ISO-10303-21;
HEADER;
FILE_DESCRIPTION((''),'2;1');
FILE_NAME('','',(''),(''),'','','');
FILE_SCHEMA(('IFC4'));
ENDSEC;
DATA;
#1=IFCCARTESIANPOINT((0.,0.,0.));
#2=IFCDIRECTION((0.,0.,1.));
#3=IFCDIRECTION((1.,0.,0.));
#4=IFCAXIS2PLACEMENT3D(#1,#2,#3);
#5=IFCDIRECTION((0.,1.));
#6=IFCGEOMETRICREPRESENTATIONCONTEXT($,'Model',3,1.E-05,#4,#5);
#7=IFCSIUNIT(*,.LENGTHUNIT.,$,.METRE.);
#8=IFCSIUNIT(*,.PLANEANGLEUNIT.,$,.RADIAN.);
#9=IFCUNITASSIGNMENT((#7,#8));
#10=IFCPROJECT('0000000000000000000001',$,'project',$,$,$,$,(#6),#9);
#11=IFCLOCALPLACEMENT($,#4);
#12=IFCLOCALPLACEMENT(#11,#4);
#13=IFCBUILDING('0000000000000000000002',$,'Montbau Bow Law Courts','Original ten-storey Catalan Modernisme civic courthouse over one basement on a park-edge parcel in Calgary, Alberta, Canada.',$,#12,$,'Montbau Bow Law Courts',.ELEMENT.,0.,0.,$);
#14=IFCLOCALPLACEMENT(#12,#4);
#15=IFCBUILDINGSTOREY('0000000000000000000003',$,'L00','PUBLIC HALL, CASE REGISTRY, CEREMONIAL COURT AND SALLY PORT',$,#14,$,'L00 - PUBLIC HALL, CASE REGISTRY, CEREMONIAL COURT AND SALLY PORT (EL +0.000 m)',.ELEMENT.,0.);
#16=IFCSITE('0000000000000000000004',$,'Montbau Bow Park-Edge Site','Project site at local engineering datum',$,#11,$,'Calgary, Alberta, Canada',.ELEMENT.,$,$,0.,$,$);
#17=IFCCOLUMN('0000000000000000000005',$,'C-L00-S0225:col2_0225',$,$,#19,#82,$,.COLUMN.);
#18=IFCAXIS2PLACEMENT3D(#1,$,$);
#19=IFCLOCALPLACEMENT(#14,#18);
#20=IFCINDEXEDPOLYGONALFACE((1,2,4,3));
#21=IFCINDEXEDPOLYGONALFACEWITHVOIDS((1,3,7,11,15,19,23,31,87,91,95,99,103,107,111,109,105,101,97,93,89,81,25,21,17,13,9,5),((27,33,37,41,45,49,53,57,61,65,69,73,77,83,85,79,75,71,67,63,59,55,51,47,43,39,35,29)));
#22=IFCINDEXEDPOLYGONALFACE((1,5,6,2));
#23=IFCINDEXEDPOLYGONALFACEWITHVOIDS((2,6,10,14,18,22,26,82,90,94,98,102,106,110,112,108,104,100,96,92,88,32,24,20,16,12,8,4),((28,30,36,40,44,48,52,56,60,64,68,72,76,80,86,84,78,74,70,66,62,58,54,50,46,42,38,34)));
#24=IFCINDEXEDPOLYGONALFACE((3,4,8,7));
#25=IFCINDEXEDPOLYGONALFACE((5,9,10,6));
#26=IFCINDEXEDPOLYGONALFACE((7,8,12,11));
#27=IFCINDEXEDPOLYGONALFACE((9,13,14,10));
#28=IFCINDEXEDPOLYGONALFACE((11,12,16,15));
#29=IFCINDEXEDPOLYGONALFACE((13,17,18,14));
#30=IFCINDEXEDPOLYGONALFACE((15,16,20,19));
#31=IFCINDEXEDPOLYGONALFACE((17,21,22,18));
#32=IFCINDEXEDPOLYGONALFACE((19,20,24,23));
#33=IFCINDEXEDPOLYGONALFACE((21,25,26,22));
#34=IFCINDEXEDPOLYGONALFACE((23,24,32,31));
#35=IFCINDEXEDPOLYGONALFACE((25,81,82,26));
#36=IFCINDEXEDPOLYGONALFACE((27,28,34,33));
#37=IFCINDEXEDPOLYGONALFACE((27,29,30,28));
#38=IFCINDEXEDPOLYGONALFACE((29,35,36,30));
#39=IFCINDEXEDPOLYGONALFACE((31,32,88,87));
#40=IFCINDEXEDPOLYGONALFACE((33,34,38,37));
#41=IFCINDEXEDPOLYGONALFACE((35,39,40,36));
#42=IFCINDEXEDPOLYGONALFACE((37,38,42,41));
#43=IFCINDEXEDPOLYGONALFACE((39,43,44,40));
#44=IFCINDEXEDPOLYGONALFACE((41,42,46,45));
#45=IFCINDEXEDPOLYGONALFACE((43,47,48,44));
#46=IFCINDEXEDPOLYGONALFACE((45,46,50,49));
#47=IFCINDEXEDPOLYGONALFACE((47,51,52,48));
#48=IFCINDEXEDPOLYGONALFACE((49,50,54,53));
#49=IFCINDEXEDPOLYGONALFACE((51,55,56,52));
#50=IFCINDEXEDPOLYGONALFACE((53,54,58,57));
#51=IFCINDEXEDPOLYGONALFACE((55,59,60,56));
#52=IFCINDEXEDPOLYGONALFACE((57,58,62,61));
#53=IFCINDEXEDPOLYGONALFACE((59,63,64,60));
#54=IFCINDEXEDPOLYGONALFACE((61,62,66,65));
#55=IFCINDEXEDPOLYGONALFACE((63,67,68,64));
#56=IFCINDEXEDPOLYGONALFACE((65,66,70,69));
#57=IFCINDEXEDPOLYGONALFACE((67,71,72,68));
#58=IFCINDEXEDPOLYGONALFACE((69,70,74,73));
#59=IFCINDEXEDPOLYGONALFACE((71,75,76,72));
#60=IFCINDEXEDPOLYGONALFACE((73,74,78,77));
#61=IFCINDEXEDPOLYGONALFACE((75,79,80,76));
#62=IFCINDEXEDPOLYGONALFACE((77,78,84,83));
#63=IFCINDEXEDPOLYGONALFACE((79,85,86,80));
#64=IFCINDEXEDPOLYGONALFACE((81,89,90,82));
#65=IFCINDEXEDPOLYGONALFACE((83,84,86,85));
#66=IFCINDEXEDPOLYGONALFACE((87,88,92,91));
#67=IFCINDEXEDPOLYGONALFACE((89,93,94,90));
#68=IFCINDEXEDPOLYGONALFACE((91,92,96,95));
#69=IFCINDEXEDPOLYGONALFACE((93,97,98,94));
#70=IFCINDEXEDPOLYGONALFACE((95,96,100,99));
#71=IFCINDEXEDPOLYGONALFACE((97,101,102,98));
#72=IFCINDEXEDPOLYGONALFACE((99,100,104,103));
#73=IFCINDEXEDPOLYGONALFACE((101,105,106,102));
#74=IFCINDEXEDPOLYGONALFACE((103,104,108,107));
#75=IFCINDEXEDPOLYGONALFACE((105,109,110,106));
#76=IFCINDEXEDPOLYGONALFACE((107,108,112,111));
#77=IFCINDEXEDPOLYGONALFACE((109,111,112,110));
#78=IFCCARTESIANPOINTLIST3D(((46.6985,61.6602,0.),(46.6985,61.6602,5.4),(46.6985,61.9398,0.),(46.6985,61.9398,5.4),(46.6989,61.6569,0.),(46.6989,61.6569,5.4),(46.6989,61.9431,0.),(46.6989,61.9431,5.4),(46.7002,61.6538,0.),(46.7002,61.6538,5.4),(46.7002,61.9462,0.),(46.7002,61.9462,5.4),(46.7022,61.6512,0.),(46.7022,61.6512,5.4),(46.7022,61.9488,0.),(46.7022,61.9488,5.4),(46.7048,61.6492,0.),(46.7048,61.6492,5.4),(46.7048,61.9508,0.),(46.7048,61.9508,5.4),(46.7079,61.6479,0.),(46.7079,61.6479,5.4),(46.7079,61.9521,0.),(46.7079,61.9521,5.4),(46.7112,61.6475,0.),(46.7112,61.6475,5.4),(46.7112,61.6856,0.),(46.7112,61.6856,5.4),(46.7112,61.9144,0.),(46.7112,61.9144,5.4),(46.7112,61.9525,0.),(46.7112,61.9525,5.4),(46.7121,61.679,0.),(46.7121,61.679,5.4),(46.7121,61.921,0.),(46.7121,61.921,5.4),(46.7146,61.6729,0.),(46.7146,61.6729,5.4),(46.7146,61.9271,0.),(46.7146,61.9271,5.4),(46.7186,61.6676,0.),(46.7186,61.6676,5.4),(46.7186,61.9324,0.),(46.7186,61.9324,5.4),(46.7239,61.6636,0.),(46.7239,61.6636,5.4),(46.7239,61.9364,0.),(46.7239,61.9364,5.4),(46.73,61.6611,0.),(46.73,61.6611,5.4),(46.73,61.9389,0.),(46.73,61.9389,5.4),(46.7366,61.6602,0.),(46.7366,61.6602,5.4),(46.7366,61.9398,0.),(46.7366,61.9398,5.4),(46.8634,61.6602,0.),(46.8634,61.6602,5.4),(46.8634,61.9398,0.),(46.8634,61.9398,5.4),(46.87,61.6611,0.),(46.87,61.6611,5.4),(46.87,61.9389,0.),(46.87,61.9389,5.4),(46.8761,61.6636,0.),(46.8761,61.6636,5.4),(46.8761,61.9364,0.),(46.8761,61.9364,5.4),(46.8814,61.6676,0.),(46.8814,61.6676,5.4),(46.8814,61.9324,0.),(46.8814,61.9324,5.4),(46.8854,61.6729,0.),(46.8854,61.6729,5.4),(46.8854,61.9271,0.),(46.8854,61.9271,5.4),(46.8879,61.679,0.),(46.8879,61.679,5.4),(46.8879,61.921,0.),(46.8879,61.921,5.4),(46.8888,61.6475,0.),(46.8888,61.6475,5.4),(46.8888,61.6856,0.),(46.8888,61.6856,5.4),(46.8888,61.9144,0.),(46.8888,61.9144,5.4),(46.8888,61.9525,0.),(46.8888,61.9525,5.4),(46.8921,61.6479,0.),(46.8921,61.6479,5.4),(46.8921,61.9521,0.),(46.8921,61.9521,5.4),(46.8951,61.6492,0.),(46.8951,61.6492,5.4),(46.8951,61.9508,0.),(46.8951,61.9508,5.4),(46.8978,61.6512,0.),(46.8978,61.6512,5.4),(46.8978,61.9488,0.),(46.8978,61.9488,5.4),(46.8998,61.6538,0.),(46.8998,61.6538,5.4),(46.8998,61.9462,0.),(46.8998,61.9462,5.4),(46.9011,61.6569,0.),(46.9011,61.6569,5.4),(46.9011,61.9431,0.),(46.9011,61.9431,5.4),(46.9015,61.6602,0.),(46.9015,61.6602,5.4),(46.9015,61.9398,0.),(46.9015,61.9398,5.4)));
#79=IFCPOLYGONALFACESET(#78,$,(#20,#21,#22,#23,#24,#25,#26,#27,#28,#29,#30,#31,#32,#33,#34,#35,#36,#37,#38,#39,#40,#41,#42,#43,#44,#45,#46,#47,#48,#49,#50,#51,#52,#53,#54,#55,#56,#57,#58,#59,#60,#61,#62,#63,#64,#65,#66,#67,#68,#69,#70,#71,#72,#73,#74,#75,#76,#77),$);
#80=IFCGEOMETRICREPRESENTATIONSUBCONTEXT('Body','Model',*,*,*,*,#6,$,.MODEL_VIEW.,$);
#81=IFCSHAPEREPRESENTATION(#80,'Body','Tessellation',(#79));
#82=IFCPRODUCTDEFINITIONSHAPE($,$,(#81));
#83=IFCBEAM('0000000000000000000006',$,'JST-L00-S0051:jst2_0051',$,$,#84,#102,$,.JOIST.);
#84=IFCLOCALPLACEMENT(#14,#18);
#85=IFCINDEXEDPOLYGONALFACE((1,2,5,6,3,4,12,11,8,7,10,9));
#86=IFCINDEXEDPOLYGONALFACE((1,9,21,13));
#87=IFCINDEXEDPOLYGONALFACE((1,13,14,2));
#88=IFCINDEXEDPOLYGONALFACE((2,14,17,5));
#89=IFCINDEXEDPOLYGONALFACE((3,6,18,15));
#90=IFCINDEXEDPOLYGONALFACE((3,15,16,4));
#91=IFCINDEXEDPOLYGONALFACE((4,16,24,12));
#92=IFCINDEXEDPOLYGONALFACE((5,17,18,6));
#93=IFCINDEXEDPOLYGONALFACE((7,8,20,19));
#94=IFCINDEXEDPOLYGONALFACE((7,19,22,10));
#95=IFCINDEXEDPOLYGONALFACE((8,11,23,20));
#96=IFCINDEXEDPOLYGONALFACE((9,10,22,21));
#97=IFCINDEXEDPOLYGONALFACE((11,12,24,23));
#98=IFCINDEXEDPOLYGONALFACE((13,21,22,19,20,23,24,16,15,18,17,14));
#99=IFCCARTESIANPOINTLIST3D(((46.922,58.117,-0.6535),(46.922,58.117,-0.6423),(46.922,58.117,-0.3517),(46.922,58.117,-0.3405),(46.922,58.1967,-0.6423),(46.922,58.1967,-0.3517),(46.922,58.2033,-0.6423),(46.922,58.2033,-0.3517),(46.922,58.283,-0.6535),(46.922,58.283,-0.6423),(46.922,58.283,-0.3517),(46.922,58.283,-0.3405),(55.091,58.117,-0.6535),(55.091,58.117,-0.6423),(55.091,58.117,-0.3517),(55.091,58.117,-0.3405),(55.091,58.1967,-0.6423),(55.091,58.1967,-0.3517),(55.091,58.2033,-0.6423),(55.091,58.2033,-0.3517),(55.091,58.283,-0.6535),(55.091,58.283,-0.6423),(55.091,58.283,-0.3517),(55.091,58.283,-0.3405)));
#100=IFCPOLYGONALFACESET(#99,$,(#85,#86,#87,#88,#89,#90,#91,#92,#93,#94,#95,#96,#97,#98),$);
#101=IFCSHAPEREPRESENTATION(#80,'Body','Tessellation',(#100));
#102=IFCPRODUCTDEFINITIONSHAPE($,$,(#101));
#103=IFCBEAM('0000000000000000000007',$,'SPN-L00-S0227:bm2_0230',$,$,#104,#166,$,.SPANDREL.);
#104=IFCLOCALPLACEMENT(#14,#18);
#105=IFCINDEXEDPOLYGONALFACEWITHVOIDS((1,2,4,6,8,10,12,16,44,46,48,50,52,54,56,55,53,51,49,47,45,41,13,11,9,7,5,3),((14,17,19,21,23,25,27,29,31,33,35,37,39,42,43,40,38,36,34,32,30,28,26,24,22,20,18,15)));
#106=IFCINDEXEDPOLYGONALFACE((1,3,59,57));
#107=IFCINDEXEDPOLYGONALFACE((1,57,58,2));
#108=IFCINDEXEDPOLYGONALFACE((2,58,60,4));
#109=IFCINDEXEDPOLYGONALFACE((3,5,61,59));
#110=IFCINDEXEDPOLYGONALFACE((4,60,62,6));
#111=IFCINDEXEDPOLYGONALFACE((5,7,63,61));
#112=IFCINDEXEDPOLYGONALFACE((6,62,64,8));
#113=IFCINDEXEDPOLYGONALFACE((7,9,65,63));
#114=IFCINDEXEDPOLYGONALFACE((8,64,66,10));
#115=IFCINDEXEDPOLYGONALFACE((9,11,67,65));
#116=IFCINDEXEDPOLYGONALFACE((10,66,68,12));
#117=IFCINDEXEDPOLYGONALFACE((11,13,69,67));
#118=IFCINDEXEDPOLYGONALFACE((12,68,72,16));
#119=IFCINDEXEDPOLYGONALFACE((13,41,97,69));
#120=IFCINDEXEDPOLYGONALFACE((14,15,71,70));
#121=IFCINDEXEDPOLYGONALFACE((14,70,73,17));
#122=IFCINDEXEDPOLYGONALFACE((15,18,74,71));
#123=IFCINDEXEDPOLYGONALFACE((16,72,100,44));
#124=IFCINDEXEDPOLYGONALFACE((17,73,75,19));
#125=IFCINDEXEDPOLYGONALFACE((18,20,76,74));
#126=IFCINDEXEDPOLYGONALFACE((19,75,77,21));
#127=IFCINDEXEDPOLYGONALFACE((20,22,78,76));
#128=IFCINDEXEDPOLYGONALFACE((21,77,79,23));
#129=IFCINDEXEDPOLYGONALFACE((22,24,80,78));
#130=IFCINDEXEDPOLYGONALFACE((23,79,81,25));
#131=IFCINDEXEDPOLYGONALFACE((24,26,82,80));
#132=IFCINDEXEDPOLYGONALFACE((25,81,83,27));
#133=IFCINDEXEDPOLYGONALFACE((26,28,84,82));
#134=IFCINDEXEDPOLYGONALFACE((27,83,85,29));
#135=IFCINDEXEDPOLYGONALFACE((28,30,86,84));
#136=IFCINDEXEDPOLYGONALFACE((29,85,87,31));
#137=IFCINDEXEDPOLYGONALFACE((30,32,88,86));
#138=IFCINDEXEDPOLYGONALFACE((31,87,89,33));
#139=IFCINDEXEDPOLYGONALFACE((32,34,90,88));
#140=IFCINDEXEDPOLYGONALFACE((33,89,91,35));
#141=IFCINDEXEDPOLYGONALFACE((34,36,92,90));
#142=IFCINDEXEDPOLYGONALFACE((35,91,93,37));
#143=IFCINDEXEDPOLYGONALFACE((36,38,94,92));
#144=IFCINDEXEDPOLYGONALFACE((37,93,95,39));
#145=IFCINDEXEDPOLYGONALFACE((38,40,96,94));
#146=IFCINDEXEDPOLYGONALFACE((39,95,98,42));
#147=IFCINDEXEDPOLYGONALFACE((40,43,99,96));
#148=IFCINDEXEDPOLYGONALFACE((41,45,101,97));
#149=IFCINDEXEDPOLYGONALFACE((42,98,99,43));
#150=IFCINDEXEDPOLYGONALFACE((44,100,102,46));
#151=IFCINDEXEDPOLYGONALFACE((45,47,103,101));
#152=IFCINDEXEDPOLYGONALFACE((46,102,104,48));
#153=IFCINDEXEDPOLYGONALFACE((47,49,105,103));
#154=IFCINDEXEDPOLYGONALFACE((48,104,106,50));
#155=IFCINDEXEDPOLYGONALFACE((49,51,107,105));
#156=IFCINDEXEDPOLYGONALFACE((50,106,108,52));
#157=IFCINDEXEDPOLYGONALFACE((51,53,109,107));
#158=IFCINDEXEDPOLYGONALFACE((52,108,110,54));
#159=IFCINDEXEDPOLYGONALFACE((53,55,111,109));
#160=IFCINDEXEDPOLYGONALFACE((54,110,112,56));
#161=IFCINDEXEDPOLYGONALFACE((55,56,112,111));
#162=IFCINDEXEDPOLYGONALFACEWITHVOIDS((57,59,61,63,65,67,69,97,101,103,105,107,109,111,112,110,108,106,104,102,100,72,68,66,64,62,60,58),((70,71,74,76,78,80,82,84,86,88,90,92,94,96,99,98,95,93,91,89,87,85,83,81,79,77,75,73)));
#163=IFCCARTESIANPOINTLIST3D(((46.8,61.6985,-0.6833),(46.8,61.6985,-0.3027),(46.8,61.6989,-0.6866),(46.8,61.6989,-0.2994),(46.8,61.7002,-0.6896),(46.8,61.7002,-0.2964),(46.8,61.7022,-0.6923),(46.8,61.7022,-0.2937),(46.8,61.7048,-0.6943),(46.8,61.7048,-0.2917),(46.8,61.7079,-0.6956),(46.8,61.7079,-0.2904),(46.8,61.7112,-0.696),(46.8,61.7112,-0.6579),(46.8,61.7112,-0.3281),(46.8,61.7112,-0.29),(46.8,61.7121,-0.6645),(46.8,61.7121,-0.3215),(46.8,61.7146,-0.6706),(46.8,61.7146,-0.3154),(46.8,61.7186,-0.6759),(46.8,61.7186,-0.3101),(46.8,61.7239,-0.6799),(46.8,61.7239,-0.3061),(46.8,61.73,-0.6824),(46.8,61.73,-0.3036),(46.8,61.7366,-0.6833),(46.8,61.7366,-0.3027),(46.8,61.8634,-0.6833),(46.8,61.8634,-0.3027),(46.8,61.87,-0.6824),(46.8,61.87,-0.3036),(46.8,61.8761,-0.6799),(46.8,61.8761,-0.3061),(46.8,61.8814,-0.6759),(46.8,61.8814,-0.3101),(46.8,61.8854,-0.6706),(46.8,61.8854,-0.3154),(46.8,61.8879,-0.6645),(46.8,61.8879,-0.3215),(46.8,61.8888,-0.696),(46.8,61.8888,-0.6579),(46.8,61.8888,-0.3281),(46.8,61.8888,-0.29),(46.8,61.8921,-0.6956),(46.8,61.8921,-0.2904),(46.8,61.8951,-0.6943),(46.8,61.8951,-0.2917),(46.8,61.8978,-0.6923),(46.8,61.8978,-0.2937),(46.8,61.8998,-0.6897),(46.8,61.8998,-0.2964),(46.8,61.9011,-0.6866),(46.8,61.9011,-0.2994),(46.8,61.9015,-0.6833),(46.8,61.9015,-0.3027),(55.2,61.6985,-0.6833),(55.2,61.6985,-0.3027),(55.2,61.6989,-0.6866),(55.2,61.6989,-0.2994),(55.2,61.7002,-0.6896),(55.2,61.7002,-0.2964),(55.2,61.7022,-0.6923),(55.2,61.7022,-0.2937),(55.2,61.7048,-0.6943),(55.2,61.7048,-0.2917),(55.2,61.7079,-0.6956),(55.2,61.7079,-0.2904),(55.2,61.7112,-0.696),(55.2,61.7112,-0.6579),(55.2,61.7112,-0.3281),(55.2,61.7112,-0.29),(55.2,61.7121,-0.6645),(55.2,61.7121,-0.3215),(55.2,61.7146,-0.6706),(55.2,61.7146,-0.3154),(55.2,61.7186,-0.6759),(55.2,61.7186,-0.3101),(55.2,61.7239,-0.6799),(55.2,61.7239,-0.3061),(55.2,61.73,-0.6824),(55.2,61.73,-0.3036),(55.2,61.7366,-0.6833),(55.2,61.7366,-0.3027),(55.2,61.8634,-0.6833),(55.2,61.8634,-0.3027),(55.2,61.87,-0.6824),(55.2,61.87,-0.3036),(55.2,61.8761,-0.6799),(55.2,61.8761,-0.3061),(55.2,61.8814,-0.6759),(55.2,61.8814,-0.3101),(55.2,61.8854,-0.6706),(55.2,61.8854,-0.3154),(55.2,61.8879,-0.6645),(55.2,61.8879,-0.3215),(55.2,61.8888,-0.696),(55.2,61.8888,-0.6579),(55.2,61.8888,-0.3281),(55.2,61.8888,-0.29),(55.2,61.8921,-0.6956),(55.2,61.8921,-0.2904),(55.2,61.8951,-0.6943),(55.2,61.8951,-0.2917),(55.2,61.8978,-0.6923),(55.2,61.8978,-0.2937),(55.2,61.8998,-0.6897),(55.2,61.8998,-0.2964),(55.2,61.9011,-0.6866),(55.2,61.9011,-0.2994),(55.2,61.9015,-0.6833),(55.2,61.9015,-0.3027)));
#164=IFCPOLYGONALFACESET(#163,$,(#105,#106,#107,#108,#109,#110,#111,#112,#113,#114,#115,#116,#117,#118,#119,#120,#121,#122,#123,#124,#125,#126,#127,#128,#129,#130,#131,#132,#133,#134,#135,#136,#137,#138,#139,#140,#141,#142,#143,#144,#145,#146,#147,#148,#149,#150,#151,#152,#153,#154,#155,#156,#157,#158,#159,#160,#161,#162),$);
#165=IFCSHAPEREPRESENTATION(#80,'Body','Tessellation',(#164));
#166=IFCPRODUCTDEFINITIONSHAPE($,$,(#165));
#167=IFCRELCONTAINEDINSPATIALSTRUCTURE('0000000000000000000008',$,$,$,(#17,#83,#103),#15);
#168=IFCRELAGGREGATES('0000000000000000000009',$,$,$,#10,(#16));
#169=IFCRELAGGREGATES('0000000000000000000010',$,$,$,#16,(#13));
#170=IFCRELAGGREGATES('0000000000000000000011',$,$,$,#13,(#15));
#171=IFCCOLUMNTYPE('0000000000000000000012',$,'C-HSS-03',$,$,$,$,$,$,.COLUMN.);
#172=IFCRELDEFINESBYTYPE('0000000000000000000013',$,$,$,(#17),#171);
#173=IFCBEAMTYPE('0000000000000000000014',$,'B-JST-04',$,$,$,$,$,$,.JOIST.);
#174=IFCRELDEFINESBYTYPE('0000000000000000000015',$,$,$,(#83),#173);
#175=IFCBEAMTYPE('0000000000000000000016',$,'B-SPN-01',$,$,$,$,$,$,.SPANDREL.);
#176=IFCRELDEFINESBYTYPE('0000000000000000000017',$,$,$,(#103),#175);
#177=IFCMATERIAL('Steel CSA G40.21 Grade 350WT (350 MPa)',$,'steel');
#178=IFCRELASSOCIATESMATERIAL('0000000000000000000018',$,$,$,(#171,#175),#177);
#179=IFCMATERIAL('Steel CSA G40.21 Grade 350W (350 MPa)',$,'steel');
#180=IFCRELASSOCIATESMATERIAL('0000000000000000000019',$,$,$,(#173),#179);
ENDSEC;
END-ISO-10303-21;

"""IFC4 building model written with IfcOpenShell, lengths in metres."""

from ifc_helpers import new_model, si_unit, direction, frame, origin_with_axes, origin_2d_with_axis, place, context, subcontext, project, spatial, hollow_rectangle, i_section, extrude, material, material_profile, profile_set, type_object, element, save


model = new_model("IFC4")

# Units and contexts
model_context = context("Model", 3, precision=1e-05, world=origin_with_axes(), true_north=direction((0.0, 1.0)))
body_context = subcontext(model_context, "Body", "Model", "MODEL_VIEW")
ifc_project = project(units=[si_unit("LENGTHUNIT", "METRE"), si_unit("PLANEANGLEUNIT", "RADIAN")], contexts=[model_context])

# Site, building, storey
site_placement = place(None, origin_with_axes())
site = spatial("IfcSite", under=ifc_project, at=site_placement, Name="Montbau Bow Park-Edge Site", Description="Project site at local engineering datum", LongName="Calgary, Alberta, Canada", CompositionType="ELEMENT", RefElevation=0.0)
building_placement = place(site_placement, origin_with_axes())
building = spatial("IfcBuilding", under=site, at=building_placement, Name="Montbau Bow Law Courts", Description="Original ten-storey Catalan Modernisme civic courthouse over one basement on a park-edge parcel in Calgary, Alberta, Canada.", LongName="Montbau Bow Law Courts", CompositionType="ELEMENT", ElevationOfRefHeight=0.0, ElevationOfTerrain=0.0)
storey_placement = place(building_placement, origin_with_axes())
storey = spatial("IfcBuildingStorey", under=building, at=storey_placement, Name="L00", Description="PUBLIC HALL, CASE REGISTRY, CEREMONIAL COURT AND SALLY PORT", LongName="L00 - PUBLIC HALL, CASE REGISTRY, CEREMONIAL COURT AND SALLY PORT (EL +0.000 m)", CompositionType="ELEMENT", Elevation=0.0)

# Column
ifc_material_1 = material(Name="Steel CSA G40.21 Grade 350WT (350 MPa)", Category="steel")
ifc_material_profile_1 = material_profile(ifc_material_1, hollow_rectangle(XDim=0.203, YDim=0.305, WallThickness=0.0127, InnerFilletRadius=0.0254, OuterFilletRadius=0.0127, at=origin_2d_with_axis()), Name="HSS305X203X13", Category="Main", Priority=0)
ifc_profile_set_1 = profile_set([ifc_material_profile_1], Name="Steel CSA G40.21 Grade 350WT (350 MPa)")
column_type = type_object("IfcColumnType", Name="C-HSS-03", PredefinedType="COLUMN", material=ifc_profile_set_1)
column_placement = place(None, frame((46.8, 61.8, 0.0), z_axis=(0.0, 0.0, 1.0), x_axis=(1.0, 0.0, 0.0)))
element("IfcColumn", 1, at=column_placement, inside=storey, type_object=column_type, Name="C-L00-S0225:col2_0225", PredefinedType="COLUMN", context=body_context, shape_type="SweptSolid", body=[
    extrude(hollow_rectangle(XDim=0.203, YDim=0.305, WallThickness=0.0127, InnerFilletRadius=0.0254, OuterFilletRadius=0.0127, at=origin_2d_with_axis()), origin_with_axes(), (0.0, 0.0, 1.0), 5.4),
])

# Beams
ifc_material_2 = material(Name="Steel CSA G40.21 Grade 350W (350 MPa)", Category="steel")
ifc_material_profile_2 = material_profile(ifc_material_2, i_section(OverallWidth=0.166, OverallDepth=0.313, WebThickness=0.0066, FlangeThickness=0.0112, at=origin_2d_with_axis()), Name="W310X45", Category="Main", Priority=0)
ifc_profile_set_2 = profile_set([ifc_material_profile_2], Name="Steel CSA G40.21 Grade 350W (350 MPa)")
beam_type_1 = type_object("IfcBeamType", Name="B-JST-04", PredefinedType="JOIST", material=ifc_profile_set_2)
beam_1_placement = place(None, frame((46.922, 58.2, -0.497), z_axis=(1.0, 0.0, 0.0), x_axis=(0.0, 1.0, 0.0)))
element("IfcBeam", 2, at=beam_1_placement, inside=storey, type_object=beam_type_1, Name="JST-L00-S0051:jst2_0051", PredefinedType="JOIST", context=body_context, shape_type="SweptSolid", body=[
    extrude(i_section(OverallWidth=0.166, OverallDepth=0.313, WebThickness=0.0066, FlangeThickness=0.0112, at=origin_2d_with_axis()), origin_with_axes(), (0.0, 0.0, 1.0), 8.169),
])
ifc_material_profile_3 = material_profile(ifc_material_1, hollow_rectangle(XDim=0.203, YDim=0.406, WallThickness=0.0127, InnerFilletRadius=0.0254, OuterFilletRadius=0.0127, at=origin_2d_with_axis()), Name="HSS406X203X13", Category="Main", Priority=0)
ifc_profile_set_3 = profile_set([ifc_material_profile_3], Name="Steel CSA G40.21 Grade 350WT (350 MPa)")
beam_type_2 = type_object("IfcBeamType", Name="B-SPN-01", PredefinedType="SPANDREL", material=ifc_profile_set_3)
beam_2_placement = place(None, frame((46.8, 61.8, -0.493), z_axis=(1.0, 0.0, 0.0), x_axis=(0.0, 1.0, 0.0)))
element("IfcBeam", 3, at=beam_2_placement, inside=storey, type_object=beam_type_2, Name="SPN-L00-S0227:bm2_0230", PredefinedType="SPANDREL", context=body_context, shape_type="SweptSolid", body=[
    extrude(hollow_rectangle(XDim=0.203, YDim=0.406, WallThickness=0.0127, InnerFilletRadius=0.0254, OuterFilletRadius=0.0127, at=origin_2d_with_axis()), origin_with_axes(), (0.0, 0.0, 1.0), 8.4),
])

save(model, "model.ifc")
